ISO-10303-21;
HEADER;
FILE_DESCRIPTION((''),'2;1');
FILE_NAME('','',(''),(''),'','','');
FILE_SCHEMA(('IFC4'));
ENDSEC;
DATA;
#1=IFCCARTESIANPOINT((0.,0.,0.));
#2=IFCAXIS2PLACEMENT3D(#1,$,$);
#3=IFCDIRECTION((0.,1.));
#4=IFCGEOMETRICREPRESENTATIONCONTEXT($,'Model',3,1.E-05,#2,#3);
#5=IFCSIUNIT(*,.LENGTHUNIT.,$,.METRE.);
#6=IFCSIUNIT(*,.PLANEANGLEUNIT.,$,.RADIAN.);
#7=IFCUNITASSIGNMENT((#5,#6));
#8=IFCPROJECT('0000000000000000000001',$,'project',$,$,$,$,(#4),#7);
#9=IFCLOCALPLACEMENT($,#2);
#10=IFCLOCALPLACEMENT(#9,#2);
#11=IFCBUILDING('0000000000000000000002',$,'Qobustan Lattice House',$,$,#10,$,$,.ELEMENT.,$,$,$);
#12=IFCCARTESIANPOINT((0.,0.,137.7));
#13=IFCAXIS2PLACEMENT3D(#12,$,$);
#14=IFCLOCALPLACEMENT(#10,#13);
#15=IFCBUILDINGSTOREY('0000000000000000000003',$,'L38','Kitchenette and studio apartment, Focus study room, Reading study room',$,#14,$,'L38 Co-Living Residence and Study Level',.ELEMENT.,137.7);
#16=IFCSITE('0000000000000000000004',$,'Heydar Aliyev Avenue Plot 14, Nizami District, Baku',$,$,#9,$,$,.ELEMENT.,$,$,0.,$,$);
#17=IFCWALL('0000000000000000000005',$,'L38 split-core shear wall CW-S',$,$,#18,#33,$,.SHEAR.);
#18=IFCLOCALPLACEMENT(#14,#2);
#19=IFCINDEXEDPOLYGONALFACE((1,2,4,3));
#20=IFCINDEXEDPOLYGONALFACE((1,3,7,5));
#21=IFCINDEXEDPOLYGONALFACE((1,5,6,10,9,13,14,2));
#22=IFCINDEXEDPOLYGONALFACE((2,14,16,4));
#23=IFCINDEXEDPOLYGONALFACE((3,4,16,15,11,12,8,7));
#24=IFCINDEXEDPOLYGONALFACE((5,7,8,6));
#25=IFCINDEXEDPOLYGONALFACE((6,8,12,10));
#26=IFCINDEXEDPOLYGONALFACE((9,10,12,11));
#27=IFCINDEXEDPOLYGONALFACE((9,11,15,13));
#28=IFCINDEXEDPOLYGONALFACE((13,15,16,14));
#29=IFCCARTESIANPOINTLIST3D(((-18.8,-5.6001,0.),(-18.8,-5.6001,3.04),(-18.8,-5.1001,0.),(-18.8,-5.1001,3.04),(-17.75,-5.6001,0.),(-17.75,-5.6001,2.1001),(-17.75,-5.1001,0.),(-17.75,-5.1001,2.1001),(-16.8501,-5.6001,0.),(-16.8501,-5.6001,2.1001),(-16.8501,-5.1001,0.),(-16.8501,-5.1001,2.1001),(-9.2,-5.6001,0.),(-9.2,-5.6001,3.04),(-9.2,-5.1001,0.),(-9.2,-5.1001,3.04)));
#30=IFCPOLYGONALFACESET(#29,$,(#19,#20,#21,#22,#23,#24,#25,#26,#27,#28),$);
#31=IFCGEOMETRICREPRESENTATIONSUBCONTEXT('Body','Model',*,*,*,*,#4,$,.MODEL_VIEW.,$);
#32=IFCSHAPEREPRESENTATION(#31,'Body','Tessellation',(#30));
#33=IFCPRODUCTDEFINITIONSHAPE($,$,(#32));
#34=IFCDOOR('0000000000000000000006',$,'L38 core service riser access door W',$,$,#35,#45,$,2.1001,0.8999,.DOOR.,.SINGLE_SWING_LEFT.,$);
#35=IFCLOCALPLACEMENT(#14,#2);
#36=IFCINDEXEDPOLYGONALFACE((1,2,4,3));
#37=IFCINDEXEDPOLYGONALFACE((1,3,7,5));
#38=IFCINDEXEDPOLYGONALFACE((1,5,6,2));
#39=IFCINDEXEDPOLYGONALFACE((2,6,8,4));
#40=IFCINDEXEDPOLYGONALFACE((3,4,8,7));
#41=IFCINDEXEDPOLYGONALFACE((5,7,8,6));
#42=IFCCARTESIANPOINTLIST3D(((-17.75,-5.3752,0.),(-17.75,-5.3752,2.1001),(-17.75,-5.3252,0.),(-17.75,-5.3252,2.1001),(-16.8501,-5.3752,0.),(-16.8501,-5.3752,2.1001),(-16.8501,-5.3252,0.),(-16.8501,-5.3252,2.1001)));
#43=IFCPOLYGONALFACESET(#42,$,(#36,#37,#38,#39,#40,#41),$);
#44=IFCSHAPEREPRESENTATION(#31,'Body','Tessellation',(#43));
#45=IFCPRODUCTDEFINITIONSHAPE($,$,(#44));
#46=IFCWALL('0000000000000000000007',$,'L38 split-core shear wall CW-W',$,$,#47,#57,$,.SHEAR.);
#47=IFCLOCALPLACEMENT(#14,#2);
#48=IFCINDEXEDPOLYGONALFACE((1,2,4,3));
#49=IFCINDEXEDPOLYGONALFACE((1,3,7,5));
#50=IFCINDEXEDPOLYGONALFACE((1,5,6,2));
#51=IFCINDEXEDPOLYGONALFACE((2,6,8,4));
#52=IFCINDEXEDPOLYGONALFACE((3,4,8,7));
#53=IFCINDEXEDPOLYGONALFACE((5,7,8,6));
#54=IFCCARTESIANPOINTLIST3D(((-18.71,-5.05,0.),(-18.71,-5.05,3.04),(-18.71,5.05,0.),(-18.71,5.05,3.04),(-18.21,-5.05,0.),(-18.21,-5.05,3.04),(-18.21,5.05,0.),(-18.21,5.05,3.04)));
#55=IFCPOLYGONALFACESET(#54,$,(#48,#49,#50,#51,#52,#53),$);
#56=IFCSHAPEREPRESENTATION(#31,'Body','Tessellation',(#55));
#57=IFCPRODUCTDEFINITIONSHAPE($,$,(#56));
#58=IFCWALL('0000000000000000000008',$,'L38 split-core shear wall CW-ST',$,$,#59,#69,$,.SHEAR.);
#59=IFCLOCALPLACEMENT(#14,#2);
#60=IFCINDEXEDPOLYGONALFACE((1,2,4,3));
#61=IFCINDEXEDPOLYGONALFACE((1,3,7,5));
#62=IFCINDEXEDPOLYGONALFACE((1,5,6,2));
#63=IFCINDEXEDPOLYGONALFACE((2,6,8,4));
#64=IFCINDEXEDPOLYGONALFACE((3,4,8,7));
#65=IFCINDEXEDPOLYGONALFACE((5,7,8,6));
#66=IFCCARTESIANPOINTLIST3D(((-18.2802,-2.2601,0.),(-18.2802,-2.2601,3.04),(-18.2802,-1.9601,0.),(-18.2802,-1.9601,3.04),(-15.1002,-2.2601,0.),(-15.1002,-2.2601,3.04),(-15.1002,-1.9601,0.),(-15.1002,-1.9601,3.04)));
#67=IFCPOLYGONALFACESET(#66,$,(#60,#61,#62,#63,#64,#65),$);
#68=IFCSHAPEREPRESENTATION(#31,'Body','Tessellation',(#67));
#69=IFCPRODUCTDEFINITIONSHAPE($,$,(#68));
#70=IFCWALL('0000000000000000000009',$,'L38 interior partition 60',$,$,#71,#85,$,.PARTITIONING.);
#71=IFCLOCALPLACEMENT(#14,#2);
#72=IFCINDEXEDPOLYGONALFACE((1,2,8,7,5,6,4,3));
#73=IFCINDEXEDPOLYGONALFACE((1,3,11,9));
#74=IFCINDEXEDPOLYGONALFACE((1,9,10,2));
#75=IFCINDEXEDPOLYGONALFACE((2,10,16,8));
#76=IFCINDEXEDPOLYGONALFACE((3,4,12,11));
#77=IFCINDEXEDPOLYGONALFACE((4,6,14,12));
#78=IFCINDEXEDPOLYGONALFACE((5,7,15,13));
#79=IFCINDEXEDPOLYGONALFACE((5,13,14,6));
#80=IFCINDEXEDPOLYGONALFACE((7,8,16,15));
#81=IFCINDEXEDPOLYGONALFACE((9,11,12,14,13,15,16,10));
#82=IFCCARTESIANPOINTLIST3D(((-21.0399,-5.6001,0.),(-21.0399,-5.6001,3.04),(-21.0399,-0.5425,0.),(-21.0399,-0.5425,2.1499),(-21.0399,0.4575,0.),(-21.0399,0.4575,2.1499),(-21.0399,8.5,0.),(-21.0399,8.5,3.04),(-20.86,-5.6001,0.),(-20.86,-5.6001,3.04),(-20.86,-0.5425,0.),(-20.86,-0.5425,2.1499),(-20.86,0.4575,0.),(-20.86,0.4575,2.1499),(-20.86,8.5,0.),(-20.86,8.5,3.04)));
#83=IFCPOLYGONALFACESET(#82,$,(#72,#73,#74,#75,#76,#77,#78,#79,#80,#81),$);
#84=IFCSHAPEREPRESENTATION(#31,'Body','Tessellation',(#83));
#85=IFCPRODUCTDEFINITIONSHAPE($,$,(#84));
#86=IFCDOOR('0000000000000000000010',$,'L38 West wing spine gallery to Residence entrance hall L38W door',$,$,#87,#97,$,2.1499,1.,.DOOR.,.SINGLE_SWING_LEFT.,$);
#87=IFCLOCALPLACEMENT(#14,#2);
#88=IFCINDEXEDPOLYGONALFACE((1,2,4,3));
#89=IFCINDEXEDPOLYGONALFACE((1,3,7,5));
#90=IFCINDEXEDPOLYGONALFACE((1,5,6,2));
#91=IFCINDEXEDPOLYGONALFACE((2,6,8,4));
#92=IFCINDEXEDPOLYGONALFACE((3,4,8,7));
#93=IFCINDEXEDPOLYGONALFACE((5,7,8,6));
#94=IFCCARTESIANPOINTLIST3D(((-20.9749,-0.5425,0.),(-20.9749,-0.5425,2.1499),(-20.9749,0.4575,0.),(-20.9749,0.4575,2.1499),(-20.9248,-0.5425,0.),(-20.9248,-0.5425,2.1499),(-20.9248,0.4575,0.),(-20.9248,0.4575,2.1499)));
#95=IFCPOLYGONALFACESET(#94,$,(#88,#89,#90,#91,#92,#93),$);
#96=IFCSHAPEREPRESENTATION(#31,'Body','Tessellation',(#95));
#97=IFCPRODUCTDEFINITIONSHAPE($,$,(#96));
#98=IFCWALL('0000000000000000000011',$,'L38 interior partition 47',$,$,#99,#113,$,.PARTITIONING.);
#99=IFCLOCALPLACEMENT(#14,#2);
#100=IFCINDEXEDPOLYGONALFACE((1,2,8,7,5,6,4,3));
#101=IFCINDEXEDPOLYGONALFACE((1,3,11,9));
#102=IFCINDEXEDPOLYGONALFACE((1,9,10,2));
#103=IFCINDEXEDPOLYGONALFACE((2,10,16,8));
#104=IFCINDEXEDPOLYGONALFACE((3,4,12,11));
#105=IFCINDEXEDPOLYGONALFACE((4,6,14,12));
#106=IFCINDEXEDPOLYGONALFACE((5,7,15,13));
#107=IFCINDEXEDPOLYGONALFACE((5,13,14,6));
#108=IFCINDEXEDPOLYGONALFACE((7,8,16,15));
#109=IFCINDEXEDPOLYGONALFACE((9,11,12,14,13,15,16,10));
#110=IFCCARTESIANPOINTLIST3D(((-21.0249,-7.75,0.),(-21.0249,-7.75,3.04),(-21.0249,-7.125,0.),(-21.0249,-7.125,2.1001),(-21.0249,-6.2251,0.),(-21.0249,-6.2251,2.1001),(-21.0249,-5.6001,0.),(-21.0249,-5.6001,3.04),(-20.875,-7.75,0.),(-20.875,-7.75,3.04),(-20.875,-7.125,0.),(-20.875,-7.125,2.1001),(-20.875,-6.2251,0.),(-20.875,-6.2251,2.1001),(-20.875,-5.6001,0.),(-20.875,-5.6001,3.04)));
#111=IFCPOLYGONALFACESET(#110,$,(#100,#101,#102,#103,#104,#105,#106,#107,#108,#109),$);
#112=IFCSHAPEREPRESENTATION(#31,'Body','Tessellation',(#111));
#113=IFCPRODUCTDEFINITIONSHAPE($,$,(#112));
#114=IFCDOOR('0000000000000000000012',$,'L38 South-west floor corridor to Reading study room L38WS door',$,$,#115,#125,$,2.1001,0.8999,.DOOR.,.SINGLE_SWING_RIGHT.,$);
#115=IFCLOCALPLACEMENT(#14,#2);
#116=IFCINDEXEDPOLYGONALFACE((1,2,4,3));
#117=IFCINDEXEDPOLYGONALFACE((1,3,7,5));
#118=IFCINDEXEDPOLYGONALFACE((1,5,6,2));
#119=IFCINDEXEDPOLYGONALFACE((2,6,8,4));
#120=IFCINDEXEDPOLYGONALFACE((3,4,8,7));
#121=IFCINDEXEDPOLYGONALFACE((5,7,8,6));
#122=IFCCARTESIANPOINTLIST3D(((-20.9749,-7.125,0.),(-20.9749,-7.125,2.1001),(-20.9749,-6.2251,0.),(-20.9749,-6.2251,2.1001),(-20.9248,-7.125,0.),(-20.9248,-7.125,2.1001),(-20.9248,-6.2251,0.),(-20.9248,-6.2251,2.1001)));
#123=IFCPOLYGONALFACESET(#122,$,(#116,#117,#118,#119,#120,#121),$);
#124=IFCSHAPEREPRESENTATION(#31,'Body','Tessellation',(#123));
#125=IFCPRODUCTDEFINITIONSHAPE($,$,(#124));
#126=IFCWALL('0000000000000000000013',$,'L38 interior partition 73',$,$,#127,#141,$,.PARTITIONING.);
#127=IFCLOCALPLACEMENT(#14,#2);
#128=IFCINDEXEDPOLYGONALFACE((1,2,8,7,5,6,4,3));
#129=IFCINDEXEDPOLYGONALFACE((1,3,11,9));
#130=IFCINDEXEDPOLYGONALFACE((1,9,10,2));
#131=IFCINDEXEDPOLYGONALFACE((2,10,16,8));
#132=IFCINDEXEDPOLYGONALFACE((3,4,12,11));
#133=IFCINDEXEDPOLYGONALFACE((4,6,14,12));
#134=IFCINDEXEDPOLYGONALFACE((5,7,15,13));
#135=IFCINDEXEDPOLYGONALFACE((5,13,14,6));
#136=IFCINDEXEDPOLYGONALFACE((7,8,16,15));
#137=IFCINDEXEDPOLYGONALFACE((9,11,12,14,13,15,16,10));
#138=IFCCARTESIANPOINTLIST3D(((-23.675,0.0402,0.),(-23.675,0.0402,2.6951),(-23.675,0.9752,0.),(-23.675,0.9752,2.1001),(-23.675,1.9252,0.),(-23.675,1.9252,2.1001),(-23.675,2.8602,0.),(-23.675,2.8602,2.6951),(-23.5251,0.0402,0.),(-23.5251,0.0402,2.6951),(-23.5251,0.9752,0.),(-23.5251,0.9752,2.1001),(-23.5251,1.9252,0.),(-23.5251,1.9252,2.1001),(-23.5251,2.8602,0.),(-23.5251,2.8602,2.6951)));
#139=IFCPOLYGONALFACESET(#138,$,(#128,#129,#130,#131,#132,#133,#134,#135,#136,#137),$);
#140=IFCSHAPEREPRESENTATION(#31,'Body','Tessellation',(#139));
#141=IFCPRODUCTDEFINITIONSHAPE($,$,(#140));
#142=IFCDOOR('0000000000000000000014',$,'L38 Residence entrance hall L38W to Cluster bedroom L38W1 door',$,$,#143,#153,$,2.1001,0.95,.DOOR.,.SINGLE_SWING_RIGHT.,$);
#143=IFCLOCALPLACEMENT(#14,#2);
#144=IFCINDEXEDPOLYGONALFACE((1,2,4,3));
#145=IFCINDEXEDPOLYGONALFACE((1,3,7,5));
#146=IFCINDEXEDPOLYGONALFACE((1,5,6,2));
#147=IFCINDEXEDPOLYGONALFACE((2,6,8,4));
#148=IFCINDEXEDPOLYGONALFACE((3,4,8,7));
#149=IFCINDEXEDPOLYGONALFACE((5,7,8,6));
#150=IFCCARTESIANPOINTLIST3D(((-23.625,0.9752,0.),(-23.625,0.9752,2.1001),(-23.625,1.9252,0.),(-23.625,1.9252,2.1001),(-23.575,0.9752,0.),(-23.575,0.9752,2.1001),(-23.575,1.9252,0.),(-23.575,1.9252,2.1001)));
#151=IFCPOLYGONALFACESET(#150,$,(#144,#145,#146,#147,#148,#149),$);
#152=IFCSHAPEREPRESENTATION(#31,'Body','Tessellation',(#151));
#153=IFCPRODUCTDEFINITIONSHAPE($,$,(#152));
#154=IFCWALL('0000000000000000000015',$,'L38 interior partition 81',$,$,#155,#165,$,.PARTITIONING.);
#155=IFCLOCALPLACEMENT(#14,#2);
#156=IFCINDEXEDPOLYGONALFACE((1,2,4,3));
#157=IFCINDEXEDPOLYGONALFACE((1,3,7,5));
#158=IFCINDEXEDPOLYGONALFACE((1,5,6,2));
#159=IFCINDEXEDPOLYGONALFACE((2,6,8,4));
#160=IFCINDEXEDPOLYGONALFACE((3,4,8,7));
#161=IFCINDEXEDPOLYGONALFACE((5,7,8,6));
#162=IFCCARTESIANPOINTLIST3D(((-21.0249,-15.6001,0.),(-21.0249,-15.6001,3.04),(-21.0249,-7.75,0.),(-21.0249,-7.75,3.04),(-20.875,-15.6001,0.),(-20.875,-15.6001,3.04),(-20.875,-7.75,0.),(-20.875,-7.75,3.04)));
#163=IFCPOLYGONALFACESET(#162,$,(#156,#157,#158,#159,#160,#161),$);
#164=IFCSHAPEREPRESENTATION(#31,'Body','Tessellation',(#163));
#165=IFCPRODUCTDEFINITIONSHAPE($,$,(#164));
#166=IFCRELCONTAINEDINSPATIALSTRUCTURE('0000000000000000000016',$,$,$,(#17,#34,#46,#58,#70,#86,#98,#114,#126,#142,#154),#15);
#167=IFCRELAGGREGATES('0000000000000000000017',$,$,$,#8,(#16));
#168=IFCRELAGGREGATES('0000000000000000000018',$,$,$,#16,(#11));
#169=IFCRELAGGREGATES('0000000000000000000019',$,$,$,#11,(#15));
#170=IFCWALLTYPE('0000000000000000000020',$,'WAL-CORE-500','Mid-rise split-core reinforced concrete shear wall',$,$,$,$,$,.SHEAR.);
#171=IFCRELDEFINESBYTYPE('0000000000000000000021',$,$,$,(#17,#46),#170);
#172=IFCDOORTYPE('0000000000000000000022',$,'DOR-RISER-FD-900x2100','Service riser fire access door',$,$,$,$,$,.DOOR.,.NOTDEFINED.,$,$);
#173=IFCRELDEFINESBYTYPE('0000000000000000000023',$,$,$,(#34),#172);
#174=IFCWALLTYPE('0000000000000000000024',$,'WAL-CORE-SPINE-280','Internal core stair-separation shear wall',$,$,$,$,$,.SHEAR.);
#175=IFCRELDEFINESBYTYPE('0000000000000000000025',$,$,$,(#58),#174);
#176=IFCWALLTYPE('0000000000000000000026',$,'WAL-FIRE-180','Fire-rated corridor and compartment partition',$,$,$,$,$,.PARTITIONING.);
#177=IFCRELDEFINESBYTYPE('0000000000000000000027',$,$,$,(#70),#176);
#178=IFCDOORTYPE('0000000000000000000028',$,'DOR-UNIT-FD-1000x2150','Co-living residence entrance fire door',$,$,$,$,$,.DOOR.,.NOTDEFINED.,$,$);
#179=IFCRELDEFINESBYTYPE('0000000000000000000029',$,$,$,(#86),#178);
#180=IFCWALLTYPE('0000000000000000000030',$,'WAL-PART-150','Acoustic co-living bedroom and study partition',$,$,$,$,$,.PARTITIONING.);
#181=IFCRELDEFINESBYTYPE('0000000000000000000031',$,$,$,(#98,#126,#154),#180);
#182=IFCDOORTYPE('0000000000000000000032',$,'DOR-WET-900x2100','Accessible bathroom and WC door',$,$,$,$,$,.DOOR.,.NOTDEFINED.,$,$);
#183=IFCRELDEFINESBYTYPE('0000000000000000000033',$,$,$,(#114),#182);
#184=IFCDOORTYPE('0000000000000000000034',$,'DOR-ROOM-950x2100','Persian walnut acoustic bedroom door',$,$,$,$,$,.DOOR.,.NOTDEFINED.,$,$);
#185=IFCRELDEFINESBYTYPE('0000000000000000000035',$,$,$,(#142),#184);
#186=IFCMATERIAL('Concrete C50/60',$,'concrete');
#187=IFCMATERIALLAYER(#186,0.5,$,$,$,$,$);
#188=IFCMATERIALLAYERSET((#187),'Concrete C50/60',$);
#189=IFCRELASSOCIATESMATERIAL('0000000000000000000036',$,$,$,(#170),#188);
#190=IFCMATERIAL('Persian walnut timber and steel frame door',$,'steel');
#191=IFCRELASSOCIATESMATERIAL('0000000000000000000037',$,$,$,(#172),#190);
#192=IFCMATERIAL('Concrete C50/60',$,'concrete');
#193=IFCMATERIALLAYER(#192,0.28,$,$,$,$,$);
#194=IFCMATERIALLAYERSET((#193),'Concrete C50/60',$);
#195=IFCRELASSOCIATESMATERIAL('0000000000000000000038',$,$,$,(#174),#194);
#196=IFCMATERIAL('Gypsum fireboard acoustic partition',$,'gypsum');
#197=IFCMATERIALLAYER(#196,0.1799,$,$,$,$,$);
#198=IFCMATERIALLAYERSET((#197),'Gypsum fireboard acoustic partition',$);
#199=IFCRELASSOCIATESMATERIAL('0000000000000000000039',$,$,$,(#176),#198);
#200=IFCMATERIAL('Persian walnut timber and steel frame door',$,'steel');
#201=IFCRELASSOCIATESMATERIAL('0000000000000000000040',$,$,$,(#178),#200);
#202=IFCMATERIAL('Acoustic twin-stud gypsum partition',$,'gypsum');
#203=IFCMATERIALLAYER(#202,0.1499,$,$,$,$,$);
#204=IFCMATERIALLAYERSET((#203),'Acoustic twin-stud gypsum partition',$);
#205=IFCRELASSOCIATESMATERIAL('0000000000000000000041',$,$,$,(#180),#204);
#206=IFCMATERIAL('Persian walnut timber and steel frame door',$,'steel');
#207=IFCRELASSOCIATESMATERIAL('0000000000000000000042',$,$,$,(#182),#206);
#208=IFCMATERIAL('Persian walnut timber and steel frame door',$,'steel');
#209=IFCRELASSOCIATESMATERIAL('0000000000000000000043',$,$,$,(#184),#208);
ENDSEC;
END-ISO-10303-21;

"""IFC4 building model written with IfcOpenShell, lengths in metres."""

from ifc_helpers import new_model, si_unit, direction, frame, frame_2d, origin, place, context, subcontext, project, spatial, rectangle, extrude, material, layer, layer_set, type_object, element, fill, save


model = new_model("IFC4")

# Units and contexts
model_context = context("Model", 3, precision=1e-05, world=origin(), true_north=direction((0.0, 1.0)))
body_context = subcontext(model_context, "Body", "Model", "MODEL_VIEW")
ifc_project = project(units=[si_unit("LENGTHUNIT", "METRE"), si_unit("PLANEANGLEUNIT", "RADIAN")], contexts=[model_context])

# Site, building, storey
site_placement = place(None, origin())
site = spatial("IfcSite", under=ifc_project, at=site_placement, Name="Heydar Aliyev Avenue Plot 14, Nizami District, Baku", CompositionType="ELEMENT", RefElevation=0.0)
building_placement = place(site_placement, origin())
building = spatial("IfcBuilding", under=site, at=building_placement, Name="Qobustan Lattice House", CompositionType="ELEMENT")
storey_placement = place(building_placement, frame((0.0, 0.0, 137.7)))
storey = spatial("IfcBuildingStorey", under=building, at=storey_placement, Name="L38", Description="Kitchenette and studio apartment, Focus study room, Reading study room", LongName="L38 Co-Living Residence and Study Level", CompositionType="ELEMENT", Elevation=137.7)

# Wall, opening, door
ifc_material_1 = material(Name="Concrete C50/60", Category="concrete")
ifc_layer_1 = layer(ifc_material_1, 0.5)
ifc_layer_set_1 = layer_set([ifc_layer_1], Name="Concrete C50/60")
wall_type_1 = type_object("IfcWallType", Name="WAL-CORE-500", Description="Mid-rise split-core reinforced concrete shear wall", PredefinedType="SHEAR", material=ifc_layer_set_1)
wall_1_placement = place(storey_placement, frame((-18.8, -5.3501, 0.0), z_axis=(0.0, 0.0, 1.0), x_axis=(1.0, 0.0, 0.0)))
wall_1 = element("IfcWall", 1, at=wall_1_placement, inside=storey, type_object=wall_type_1, Name="L38 split-core shear wall CW-S", PredefinedType="SHEAR", context=body_context, shape_type="SweptSolid", body=[
    extrude(rectangle(XDim=9.6001, YDim=0.5, at=frame_2d((4.8, 0.0))), origin(), (0.0, 0.0, 1.0), 3.04),
])
opening_1_placement = place(wall_1_placement, frame((1.05, 0.0, 0.0)))
opening_1 = element("IfcOpeningElement", 2, at=opening_1_placement, cuts=wall_1, PredefinedType="OPENING", context=body_context, shape_type="SweptSolid", body=[
    extrude(rectangle(XDim=0.8999, YDim=2.1001, at=frame_2d((0.45, 1.05))), frame((0.0, 0.26, 0.0), z_axis=(0.0, -1.0, 0.0), x_axis=(1.0, 0.0, 0.0)), (0.0, 0.0, 1.0), 0.52),
])
ifc_material_2 = material(Name="Persian walnut timber and steel frame door", Category="steel")
door_type_1 = type_object("IfcDoorType", Name="DOR-RISER-FD-900x2100", Description="Service riser fire access door", OperationType="NOTDEFINED", PredefinedType="DOOR", material=ifc_material_2)
door_1_placement = place(opening_1_placement, origin())
door_1 = element("IfcDoor", 3, at=door_1_placement, inside=storey, type_object=door_type_1, Name="L38 core service riser access door W", OperationType="SINGLE_SWING_LEFT", OverallHeight=2.1001, OverallWidth=0.8999, PredefinedType="DOOR", context=body_context, shape_type="SweptSolid", body=[
    extrude(rectangle(XDim=0.8999, YDim=2.1001, at=frame_2d((0.45, 1.05))), frame((0.0, 0.0249, 0.0), z_axis=(0.0, -1.0, 0.0), x_axis=(1.0, 0.0, 0.0)), (0.0, 0.0, 1.0), 0.05),
])
fill(opening_1, door_1)

# Walls
wall_2_placement = place(storey_placement, frame((-18.46, -5.05, 0.0), z_axis=(0.0, 0.0, 1.0), x_axis=(0.0, 1.0, 0.0)))
element("IfcWall", 4, at=wall_2_placement, inside=storey, type_object=wall_type_1, Name="L38 split-core shear wall CW-W", PredefinedType="SHEAR", context=body_context, shape_type="SweptSolid", body=[
    extrude(rectangle(XDim=10.1001, YDim=0.5, at=frame_2d((5.05, 0.0))), origin(), (0.0, 0.0, 1.0), 3.04),
])
ifc_material_3 = material(Name="Concrete C50/60", Category="concrete")
ifc_layer_2 = layer(ifc_material_3, 0.28)
ifc_layer_set_2 = layer_set([ifc_layer_2], Name="Concrete C50/60")
wall_type_2 = type_object("IfcWallType", Name="WAL-CORE-SPINE-280", Description="Internal core stair-separation shear wall", PredefinedType="SHEAR", material=ifc_layer_set_2)
wall_3_placement = place(storey_placement, frame((-18.28, -2.1101, 0.0), z_axis=(0.0, 0.0, 1.0), x_axis=(1.0, 0.0, 0.0)))
element("IfcWall", 5, at=wall_3_placement, inside=storey, type_object=wall_type_2, Name="L38 split-core shear wall CW-ST", PredefinedType="SHEAR", context=body_context, shape_type="SweptSolid", body=[
    extrude(rectangle(XDim=3.1799, YDim=0.3, at=frame_2d((1.5898, 0.0))), origin(), (0.0, 0.0, 1.0), 3.04),
])

# Walls, openings, doors
ifc_material_4 = material(Name="Gypsum fireboard acoustic partition", Category="gypsum")
ifc_layer_3 = layer(ifc_material_4, 0.1799)
ifc_layer_set_3 = layer_set([ifc_layer_3], Name="Gypsum fireboard acoustic partition")
wall_type_3 = type_object("IfcWallType", Name="WAL-FIRE-180", Description="Fire-rated corridor and compartment partition", PredefinedType="PARTITIONING", material=ifc_layer_set_3)
wall_4_placement = place(storey_placement, frame((-20.95, -5.6001, 0.0), z_axis=(0.0, 0.0, 1.0), x_axis=(0.0, 1.0, 0.0)))
wall_4 = element("IfcWall", 6, at=wall_4_placement, inside=storey, type_object=wall_type_3, Name="L38 interior partition 60", PredefinedType="PARTITIONING", context=body_context, shape_type="SweptSolid", body=[
    extrude(rectangle(XDim=14.1001, YDim=0.1799, at=frame_2d((7.05, 0.0))), origin(), (0.0, 0.0, 1.0), 3.04),
])
opening_2_placement = place(wall_4_placement, frame((5.0576, 0.0, 0.0)))
opening_2 = element("IfcOpeningElement", 7, at=opening_2_placement, cuts=wall_4, PredefinedType="OPENING", context=body_context, shape_type="SweptSolid", body=[
    extrude(rectangle(XDim=1.0, YDim=2.1499, at=frame_2d((0.5, 1.075))), frame((0.0, 0.0999, 0.0), z_axis=(0.0, -1.0, 0.0), x_axis=(1.0, 0.0, 0.0)), (0.0, 0.0, 1.0), 0.2),
])
ifc_material_5 = material(Name="Persian walnut timber and steel frame door", Category="steel")
door_type_2 = type_object("IfcDoorType", Name="DOR-UNIT-FD-1000x2150", Description="Co-living residence entrance fire door", OperationType="NOTDEFINED", PredefinedType="DOOR", material=ifc_material_5)
door_2_placement = place(opening_2_placement, origin())
door_2 = element("IfcDoor", 8, at=door_2_placement, inside=storey, type_object=door_type_2, Name="L38 West wing spine gallery to Residence entrance hall L38W door", OperationType="SINGLE_SWING_LEFT", OverallHeight=2.1499, OverallWidth=1.0, PredefinedType="DOOR", context=body_context, shape_type="SweptSolid", body=[
    extrude(rectangle(XDim=1.0, YDim=2.1499, at=frame_2d((0.5, 1.075))), frame((0.0, 0.0249, 0.0), z_axis=(0.0, -1.0, 0.0), x_axis=(1.0, 0.0, 0.0)), (0.0, 0.0, 1.0), 0.05),
])
fill(opening_2, door_2)
ifc_material_6 = material(Name="Acoustic twin-stud gypsum partition", Category="gypsum")
ifc_layer_4 = layer(ifc_material_6, 0.1499)
ifc_layer_set_4 = layer_set([ifc_layer_4], Name="Acoustic twin-stud gypsum partition")
wall_type_4 = type_object("IfcWallType", Name="WAL-PART-150", Description="Acoustic co-living bedroom and study partition", PredefinedType="PARTITIONING", material=ifc_layer_set_4)
wall_5_placement = place(storey_placement, frame((-20.95, -7.75, 0.0), z_axis=(0.0, 0.0, 1.0), x_axis=(0.0, 1.0, 0.0)))
wall_5 = element("IfcWall", 9, at=wall_5_placement, inside=storey, type_object=wall_type_4, Name="L38 interior partition 47", PredefinedType="PARTITIONING", context=body_context, shape_type="SweptSolid", body=[
    extrude(rectangle(XDim=2.1499, YDim=0.1499, at=frame_2d((1.075, 0.0))), origin(), (0.0, 0.0, 1.0), 3.04),
])
opening_3_placement = place(wall_5_placement, frame((0.625, 0.0, 0.0)))
opening_3 = element("IfcOpeningElement", 10, at=opening_3_placement, cuts=wall_5, PredefinedType="OPENING", context=body_context, shape_type="SweptSolid", body=[
    extrude(rectangle(XDim=0.8999, YDim=2.1001, at=frame_2d((0.45, 1.05))), frame((0.0, 0.085, 0.0), z_axis=(0.0, -1.0, 0.0), x_axis=(1.0, 0.0, 0.0)), (0.0, 0.0, 1.0), 0.1699),
])
ifc_material_7 = material(Name="Persian walnut timber and steel frame door", Category="steel")
door_type_3 = type_object("IfcDoorType", Name="DOR-WET-900x2100", Description="Accessible bathroom and WC door", OperationType="NOTDEFINED", PredefinedType="DOOR", material=ifc_material_7)
door_3_placement = place(opening_3_placement, origin())
door_3 = element("IfcDoor", 11, at=door_3_placement, inside=storey, type_object=door_type_3, Name="L38 South-west floor corridor to Reading study room L38WS door", OperationType="SINGLE_SWING_RIGHT", OverallHeight=2.1001, OverallWidth=0.8999, PredefinedType="DOOR", context=body_context, shape_type="SweptSolid", body=[
    extrude(rectangle(XDim=0.8999, YDim=2.1001, at=frame_2d((0.45, 1.05))), frame((0.0, 0.0249, 0.0), z_axis=(0.0, -1.0, 0.0), x_axis=(1.0, 0.0, 0.0)), (0.0, 0.0, 1.0), 0.05),
])
fill(opening_3, door_3)
wall_6_placement = place(storey_placement, frame((-23.6001, 0.04, 0.0), z_axis=(0.0, 0.0, 1.0), x_axis=(0.0, 1.0, 0.0)))
wall_6 = element("IfcWall", 12, at=wall_6_placement, inside=storey, type_object=wall_type_4, Name="L38 interior partition 73", PredefinedType="PARTITIONING", context=body_context, shape_type="SweptSolid", body=[
    extrude(rectangle(XDim=2.8201, YDim=0.1499, at=frame_2d((1.4102, 0.0))), origin(), (0.0, 0.0, 1.0), 2.6951),
])
opening_4_placement = place(wall_6_placement, frame((0.9351, 0.0, 0.0)))
opening_4 = element("IfcOpeningElement", 13, at=opening_4_placement, cuts=wall_6, PredefinedType="OPENING", context=body_context, shape_type="SweptSolid", body=[
    extrude(rectangle(XDim=0.95, YDim=2.1001, at=frame_2d((0.4751, 1.05))), frame((0.0, 0.085, 0.0), z_axis=(0.0, -1.0, 0.0), x_axis=(1.0, 0.0, 0.0)), (0.0, 0.0, 1.0), 0.1699),
])
ifc_material_8 = material(Name="Persian walnut timber and steel frame door", Category="steel")
door_type_4 = type_object("IfcDoorType", Name="DOR-ROOM-950x2100", Description="Persian walnut acoustic bedroom door", OperationType="NOTDEFINED", PredefinedType="DOOR", material=ifc_material_8)
door_4_placement = place(opening_4_placement, origin())
door_4 = element("IfcDoor", 14, at=door_4_placement, inside=storey, type_object=door_type_4, Name="L38 Residence entrance hall L38W to Cluster bedroom L38W1 door", OperationType="SINGLE_SWING_RIGHT", OverallHeight=2.1001, OverallWidth=0.95, PredefinedType="DOOR", context=body_context, shape_type="SweptSolid", body=[
    extrude(rectangle(XDim=0.95, YDim=2.1001, at=frame_2d((0.4751, 1.05))), frame((0.0, 0.0249, 0.0), z_axis=(0.0, -1.0, 0.0), x_axis=(1.0, 0.0, 0.0)), (0.0, 0.0, 1.0), 0.05),
])
fill(opening_4, door_4)

# Wall
wall_7_placement = place(storey_placement, frame((-20.95, -7.75, 0.0), z_axis=(0.0, 0.0, 1.0), x_axis=(0.0, -1.0, 0.0)))
element("IfcWall", 15, at=wall_7_placement, inside=storey, type_object=wall_type_4, Name="L38 interior partition 81", PredefinedType="PARTITIONING", context=body_context, shape_type="SweptSolid", body=[
    extrude(rectangle(XDim=7.8501, YDim=0.1499, at=frame_2d((3.925, 0.0))), origin(), (0.0, 0.0, 1.0), 3.04),
])

save(model, "model.ifc")
